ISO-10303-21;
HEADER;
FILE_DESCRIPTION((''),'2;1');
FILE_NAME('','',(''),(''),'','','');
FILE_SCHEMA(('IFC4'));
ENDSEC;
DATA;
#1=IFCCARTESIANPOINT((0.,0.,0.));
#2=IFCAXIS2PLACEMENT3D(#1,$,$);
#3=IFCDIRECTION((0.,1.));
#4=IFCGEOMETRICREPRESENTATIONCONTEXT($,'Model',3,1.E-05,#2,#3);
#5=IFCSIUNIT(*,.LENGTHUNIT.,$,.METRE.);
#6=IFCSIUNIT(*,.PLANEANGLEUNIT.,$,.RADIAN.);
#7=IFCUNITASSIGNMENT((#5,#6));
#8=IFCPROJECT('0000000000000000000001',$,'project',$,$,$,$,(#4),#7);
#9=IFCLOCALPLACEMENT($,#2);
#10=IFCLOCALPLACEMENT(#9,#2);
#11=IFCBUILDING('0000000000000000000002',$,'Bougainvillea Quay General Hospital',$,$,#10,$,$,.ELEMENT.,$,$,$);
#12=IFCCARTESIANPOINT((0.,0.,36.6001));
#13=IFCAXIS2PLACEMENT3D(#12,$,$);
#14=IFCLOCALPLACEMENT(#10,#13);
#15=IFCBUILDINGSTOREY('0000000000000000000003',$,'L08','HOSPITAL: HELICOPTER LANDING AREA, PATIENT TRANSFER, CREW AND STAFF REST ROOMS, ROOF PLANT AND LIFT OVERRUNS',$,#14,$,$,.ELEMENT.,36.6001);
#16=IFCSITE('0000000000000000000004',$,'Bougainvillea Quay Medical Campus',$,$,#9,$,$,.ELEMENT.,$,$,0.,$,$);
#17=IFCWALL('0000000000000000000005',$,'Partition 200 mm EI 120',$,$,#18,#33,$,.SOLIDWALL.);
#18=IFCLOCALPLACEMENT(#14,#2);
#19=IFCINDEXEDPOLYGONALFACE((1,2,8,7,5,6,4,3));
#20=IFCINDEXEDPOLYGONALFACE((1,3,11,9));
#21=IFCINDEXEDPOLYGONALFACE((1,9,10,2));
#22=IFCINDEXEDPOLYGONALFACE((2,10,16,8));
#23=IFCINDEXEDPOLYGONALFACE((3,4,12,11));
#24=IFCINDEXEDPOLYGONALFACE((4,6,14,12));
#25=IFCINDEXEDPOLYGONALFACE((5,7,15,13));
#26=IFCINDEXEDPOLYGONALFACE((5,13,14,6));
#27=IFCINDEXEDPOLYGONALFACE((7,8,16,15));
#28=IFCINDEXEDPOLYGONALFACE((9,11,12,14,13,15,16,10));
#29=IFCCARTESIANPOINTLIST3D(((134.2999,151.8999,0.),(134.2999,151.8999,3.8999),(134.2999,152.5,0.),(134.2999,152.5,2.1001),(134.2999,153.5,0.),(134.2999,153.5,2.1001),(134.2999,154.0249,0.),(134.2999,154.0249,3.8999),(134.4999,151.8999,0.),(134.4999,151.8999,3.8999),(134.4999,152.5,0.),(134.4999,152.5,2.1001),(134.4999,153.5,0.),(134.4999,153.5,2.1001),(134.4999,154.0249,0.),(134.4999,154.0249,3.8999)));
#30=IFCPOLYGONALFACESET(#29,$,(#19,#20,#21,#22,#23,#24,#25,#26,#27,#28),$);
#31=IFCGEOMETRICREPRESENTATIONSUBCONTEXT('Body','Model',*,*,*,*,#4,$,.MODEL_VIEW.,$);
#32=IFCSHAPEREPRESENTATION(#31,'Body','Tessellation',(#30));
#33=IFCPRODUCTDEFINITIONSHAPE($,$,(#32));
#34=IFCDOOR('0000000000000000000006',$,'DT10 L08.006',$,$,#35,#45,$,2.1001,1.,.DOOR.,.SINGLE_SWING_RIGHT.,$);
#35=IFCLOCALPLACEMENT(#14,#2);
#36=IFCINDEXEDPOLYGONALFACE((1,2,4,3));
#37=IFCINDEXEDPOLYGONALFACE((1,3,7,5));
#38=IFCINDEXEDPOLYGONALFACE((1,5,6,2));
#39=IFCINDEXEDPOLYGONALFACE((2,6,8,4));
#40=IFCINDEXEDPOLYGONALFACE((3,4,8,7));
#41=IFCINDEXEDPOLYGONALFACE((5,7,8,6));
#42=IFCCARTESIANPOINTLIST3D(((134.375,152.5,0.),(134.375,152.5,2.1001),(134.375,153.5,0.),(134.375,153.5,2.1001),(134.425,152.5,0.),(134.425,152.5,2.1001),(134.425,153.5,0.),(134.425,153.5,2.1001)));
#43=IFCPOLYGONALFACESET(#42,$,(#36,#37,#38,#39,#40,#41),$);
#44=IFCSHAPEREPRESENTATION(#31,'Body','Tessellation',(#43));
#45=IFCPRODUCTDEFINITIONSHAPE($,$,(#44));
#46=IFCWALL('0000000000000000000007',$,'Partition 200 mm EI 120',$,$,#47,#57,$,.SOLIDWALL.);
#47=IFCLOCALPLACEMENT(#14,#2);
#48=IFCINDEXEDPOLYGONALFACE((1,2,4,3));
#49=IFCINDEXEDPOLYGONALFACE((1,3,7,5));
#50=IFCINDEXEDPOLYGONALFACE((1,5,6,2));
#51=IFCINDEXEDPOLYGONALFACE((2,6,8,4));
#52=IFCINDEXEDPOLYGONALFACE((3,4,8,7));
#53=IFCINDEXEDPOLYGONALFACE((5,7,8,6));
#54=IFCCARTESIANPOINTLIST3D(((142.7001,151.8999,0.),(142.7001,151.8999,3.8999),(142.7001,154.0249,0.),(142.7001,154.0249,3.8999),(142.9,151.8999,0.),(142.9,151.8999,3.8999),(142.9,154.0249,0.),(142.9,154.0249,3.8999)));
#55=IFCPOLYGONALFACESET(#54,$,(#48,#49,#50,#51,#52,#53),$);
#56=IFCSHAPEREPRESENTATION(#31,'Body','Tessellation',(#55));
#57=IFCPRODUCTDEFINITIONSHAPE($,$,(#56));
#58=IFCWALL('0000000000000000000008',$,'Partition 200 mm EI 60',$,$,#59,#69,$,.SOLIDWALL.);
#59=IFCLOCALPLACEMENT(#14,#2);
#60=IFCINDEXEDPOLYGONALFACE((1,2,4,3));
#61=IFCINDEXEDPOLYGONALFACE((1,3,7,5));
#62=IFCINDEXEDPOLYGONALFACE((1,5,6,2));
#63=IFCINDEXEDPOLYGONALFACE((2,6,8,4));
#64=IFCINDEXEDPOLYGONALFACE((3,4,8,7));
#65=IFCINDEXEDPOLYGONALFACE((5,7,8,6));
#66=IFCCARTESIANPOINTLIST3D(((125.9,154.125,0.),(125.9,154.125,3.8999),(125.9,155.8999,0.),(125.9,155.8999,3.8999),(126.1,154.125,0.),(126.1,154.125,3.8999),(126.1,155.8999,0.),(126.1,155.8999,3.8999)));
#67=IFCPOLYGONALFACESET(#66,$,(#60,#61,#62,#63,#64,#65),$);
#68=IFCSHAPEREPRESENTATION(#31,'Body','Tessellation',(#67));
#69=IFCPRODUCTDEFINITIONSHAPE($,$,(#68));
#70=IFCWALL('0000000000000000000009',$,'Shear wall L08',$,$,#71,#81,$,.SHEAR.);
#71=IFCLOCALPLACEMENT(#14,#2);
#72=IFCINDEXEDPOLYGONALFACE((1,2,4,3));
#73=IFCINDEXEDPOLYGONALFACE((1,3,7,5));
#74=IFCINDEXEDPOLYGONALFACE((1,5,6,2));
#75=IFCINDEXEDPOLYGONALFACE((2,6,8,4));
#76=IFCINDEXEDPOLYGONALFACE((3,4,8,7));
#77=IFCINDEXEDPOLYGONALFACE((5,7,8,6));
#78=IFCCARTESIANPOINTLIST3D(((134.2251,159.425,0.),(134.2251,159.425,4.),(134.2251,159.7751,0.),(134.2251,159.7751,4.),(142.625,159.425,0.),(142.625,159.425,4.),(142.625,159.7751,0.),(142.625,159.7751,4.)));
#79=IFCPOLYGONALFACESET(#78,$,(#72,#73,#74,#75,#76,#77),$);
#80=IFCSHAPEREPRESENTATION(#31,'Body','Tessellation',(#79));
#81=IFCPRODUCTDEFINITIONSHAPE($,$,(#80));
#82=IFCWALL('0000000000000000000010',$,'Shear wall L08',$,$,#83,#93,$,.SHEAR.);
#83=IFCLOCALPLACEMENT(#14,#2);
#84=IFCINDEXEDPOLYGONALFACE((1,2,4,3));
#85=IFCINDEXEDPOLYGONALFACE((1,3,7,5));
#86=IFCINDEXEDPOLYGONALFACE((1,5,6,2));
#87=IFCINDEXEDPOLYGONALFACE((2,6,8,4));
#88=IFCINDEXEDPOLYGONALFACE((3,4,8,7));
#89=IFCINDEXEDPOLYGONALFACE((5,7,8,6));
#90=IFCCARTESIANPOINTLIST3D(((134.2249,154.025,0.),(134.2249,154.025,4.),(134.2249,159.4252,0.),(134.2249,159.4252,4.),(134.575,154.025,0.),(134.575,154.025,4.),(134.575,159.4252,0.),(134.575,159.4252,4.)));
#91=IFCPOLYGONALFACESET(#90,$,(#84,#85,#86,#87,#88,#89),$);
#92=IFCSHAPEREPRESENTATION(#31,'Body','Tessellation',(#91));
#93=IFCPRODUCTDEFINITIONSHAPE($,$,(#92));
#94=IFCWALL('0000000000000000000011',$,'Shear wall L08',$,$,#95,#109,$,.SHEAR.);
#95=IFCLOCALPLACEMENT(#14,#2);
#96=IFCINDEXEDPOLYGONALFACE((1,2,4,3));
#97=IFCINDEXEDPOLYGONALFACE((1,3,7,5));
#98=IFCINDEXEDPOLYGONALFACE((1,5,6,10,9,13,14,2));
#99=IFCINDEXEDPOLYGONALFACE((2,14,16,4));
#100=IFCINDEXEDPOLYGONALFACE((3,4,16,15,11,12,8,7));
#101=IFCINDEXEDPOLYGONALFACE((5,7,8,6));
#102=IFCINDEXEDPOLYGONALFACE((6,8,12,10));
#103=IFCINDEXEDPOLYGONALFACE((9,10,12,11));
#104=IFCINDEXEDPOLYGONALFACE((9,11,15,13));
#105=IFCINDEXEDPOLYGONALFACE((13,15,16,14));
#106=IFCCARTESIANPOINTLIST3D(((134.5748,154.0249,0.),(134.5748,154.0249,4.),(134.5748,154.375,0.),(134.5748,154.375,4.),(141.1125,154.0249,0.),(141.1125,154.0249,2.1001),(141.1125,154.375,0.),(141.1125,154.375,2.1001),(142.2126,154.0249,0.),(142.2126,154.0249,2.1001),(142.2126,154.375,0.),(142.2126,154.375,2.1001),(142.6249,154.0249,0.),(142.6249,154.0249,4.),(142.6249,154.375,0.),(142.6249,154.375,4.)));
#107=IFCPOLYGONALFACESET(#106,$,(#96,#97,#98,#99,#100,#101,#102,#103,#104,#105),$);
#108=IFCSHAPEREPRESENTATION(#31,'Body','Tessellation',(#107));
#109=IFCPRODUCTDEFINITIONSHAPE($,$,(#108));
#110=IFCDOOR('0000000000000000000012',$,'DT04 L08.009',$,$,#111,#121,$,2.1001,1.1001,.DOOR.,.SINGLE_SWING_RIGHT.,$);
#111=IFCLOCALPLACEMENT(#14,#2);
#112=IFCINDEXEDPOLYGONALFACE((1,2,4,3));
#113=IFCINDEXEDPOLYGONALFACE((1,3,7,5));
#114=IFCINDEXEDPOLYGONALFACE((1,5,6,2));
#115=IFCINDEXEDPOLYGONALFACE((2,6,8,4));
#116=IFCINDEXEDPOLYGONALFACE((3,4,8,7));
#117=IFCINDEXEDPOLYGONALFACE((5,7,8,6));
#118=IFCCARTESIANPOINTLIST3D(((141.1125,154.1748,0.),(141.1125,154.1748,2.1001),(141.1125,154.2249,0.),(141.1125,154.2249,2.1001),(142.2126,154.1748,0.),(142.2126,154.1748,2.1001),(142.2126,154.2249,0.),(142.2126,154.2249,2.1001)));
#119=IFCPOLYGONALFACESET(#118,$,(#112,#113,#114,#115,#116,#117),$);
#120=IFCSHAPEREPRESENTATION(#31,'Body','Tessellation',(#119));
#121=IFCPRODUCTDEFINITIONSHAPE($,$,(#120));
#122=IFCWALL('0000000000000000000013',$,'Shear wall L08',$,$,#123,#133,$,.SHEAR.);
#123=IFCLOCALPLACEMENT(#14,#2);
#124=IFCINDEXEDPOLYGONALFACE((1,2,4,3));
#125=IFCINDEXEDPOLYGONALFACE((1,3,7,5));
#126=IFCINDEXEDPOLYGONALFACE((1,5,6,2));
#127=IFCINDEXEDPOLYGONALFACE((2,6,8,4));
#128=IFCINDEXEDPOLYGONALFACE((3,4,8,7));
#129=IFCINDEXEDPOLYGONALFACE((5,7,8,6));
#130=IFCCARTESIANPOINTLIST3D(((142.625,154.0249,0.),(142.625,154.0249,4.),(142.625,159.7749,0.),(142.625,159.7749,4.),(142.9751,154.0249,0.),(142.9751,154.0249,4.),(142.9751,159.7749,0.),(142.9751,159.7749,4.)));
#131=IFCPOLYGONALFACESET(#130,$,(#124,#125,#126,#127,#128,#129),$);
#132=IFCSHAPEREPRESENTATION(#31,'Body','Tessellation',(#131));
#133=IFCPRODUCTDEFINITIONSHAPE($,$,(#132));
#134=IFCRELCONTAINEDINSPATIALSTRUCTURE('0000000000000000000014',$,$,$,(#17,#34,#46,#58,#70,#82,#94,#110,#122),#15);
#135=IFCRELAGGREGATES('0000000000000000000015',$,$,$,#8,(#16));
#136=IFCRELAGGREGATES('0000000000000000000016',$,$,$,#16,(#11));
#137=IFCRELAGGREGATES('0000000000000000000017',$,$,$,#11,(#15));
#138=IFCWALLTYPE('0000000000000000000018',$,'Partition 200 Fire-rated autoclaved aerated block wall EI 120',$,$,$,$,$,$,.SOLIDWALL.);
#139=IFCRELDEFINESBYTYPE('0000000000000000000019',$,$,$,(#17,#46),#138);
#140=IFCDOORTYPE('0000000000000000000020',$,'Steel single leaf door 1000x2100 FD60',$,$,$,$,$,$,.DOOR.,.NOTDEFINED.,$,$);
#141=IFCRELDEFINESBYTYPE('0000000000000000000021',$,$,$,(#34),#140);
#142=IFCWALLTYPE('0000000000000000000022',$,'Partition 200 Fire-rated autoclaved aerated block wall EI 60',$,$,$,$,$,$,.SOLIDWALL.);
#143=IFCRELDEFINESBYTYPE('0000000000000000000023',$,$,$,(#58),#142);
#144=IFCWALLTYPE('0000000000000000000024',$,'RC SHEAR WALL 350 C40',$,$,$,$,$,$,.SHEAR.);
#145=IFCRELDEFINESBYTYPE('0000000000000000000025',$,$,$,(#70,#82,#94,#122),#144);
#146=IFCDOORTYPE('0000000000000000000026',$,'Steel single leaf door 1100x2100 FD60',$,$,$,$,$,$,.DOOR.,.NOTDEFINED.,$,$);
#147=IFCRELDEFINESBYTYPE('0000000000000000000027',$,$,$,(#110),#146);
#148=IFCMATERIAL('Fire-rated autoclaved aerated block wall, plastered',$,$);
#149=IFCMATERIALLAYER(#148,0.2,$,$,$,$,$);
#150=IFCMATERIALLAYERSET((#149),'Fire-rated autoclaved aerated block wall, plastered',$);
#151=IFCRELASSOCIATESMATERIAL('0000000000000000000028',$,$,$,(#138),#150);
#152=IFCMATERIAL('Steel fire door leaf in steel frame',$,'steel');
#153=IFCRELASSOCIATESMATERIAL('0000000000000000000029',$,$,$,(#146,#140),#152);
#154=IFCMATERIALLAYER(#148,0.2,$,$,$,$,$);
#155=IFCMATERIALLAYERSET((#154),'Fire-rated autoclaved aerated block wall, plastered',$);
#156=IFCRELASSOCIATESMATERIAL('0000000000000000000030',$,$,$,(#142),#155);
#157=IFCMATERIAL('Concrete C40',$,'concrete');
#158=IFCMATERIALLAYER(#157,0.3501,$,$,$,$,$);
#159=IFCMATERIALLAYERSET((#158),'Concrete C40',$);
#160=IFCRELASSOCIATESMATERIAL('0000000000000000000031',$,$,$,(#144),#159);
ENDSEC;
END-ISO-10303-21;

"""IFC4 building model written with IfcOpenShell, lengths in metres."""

from ifc_helpers import new_model, si_unit, direction, frame, frame_2d, origin, place, context, subcontext, project, spatial, rectangle, extrude, material, layer, layer_set, type_object, element, fill, save


model = new_model("IFC4")

# Units and contexts
model_context = context("Model", 3, precision=1e-05, world=origin(), true_north=direction((0.0, 1.0)))
body_context = subcontext(model_context, "Body", "Model", "MODEL_VIEW")
ifc_project = project(units=[si_unit("LENGTHUNIT", "METRE"), si_unit("PLANEANGLEUNIT", "RADIAN")], contexts=[model_context])

# Site, building, storey
site_placement = place(None, origin())
site = spatial("IfcSite", under=ifc_project, at=site_placement, Name="Bougainvillea Quay Medical Campus", CompositionType="ELEMENT", RefElevation=0.0)
building_placement = place(site_placement, origin())
building = spatial("IfcBuilding", under=site, at=building_placement, Name="Bougainvillea Quay General Hospital", CompositionType="ELEMENT")
storey_placement = place(building_placement, frame((0.0, 0.0, 36.6001)))
storey = spatial("IfcBuildingStorey", under=building, at=storey_placement, Name="L08", Description="HOSPITAL: HELICOPTER LANDING AREA, PATIENT TRANSFER, CREW AND STAFF REST ROOMS, ROOF PLANT AND LIFT OVERRUNS", CompositionType="ELEMENT", Elevation=36.6001)

# Shared definitions
ifc_material_1 = material(Name="Concrete C40", Category="concrete")

# Wall, opening, door
ifc_material_2 = material(Name="Fire-rated autoclaved aerated block wall, plastered")
ifc_layer_1 = layer(ifc_material_2, 0.2)
ifc_layer_set_1 = layer_set([ifc_layer_1], Name="Fire-rated autoclaved aerated block wall, plastered")
wall_type_1 = type_object("IfcWallType", Name="Partition 200 Fire-rated autoclaved aerated block wall EI 120", PredefinedType="SOLIDWALL", material=ifc_layer_set_1)
ifc_material_3 = material(Name="Steel fire door leaf in steel frame", Category="steel")
door_type_1 = type_object("IfcDoorType", Name="Steel single leaf door 1100x2100 FD60", OperationType="NOTDEFINED", PredefinedType="DOOR", material=ifc_material_3)
wall_1_placement = place(storey_placement, frame((134.3999, 151.8999, 0.0), z_axis=(0.0, 0.0, 1.0), x_axis=(0.0, 1.0, 0.0)))
wall_1 = element("IfcWall", 1, at=wall_1_placement, inside=storey, type_object=wall_type_1, Name="Partition 200 mm EI 120", PredefinedType="SOLIDWALL", context=body_context, shape_type="SweptSolid", body=[
    extrude(rectangle(XDim=2.125, YDim=0.2, at=frame_2d((1.0625, 0.0))), origin(), (0.0, 0.0, 1.0), 3.8999),
])
opening_1_placement = place(wall_1_placement, frame((0.6001, 0.0, 0.0)))
opening_1 = element("IfcOpeningElement", 2, at=opening_1_placement, cuts=wall_1, PredefinedType="OPENING", context=body_context, shape_type="SweptSolid", body=[
    extrude(rectangle(XDim=1.0, YDim=2.1001, at=frame_2d((0.5, 1.05))), frame((0.0, 0.1099, 0.0), z_axis=(0.0, -1.0, 0.0), x_axis=(1.0, 0.0, 0.0)), (0.0, 0.0, 1.0), 0.22),
])
door_type_2 = type_object("IfcDoorType", Name="Steel single leaf door 1000x2100 FD60", OperationType="NOTDEFINED", PredefinedType="DOOR", material=ifc_material_3)
door_1_placement = place(opening_1_placement, origin())
door_1 = element("IfcDoor", 3, at=door_1_placement, inside=storey, type_object=door_type_2, Name="DT10 L08.006", OperationType="SINGLE_SWING_RIGHT", OverallHeight=2.1001, OverallWidth=1.0, PredefinedType="DOOR", context=body_context, shape_type="SweptSolid", body=[
    extrude(rectangle(XDim=1.0, YDim=2.1001, at=frame_2d((0.5, 1.05))), frame((0.0, 0.0249, 0.0), z_axis=(0.0, -1.0, 0.0), x_axis=(1.0, 0.0, 0.0)), (0.0, 0.0, 1.0), 0.05),
])
fill(opening_1, door_1)

# Walls
wall_2_placement = place(storey_placement, frame((142.8, 151.8999, 0.0), z_axis=(0.0, 0.0, 1.0), x_axis=(0.0, 1.0, 0.0)))
element("IfcWall", 4, at=wall_2_placement, inside=storey, type_object=wall_type_1, Name="Partition 200 mm EI 120", PredefinedType="SOLIDWALL", context=body_context, shape_type="SweptSolid", body=[
    extrude(rectangle(XDim=2.125, YDim=0.2, at=frame_2d((1.0625, 0.0))), origin(), (0.0, 0.0, 1.0), 3.8999),
])
ifc_layer_2 = layer(ifc_material_2, 0.2)
ifc_layer_set_2 = layer_set([ifc_layer_2], Name="Fire-rated autoclaved aerated block wall, plastered")
wall_type_2 = type_object("IfcWallType", Name="Partition 200 Fire-rated autoclaved aerated block wall EI 60", PredefinedType="SOLIDWALL", material=ifc_layer_set_2)
wall_3_placement = place(storey_placement, frame((126.0, 154.125, 0.0), z_axis=(0.0, 0.0, 1.0), x_axis=(0.0, 1.0, 0.0)))
element("IfcWall", 5, at=wall_3_placement, inside=storey, type_object=wall_type_2, Name="Partition 200 mm EI 60", PredefinedType="SOLIDWALL", context=body_context, shape_type="SweptSolid", body=[
    extrude(rectangle(XDim=1.7749, YDim=0.2, at=frame_2d((0.8875, 0.0))), origin(), (0.0, 0.0, 1.0), 3.8999),
])
ifc_layer_3 = layer(ifc_material_1, 0.3501)
ifc_layer_set_3 = layer_set([ifc_layer_3], Name="Concrete C40")
wall_type_3 = type_object("IfcWallType", Name="RC SHEAR WALL 350 C40", PredefinedType="SHEAR", material=ifc_layer_set_3)
wall_4_placement = place(storey_placement, frame((134.2251, 159.6001, 0.0), z_axis=(0.0, 0.0, 1.0), x_axis=(1.0, 0.0, 0.0)))
element("IfcWall", 6, at=wall_4_placement, inside=storey, type_object=wall_type_3, Name="Shear wall L08", PredefinedType="SHEAR", context=body_context, shape_type="SweptSolid", body=[
    extrude(rectangle(XDim=8.3999, YDim=0.3501, at=frame_2d((4.2, 0.0))), origin(), (0.0, 0.0, 1.0), 4.0),
])
wall_5_placement = place(storey_placement, frame((134.3999, 154.0249, 0.0), z_axis=(0.0, 0.0, 1.0), x_axis=(0.0, 1.0, 0.0)))
element("IfcWall", 7, at=wall_5_placement, inside=storey, type_object=wall_type_3, Name="Shear wall L08", PredefinedType="SHEAR", context=body_context, shape_type="SweptSolid", body=[
    extrude(rectangle(XDim=5.4001, YDim=0.3501, at=frame_2d((2.7002, 0.0))), origin(), (0.0, 0.0, 1.0), 4.0),
])

# Wall, opening, door
wall_6_placement = place(storey_placement, frame((134.575, 154.2, 0.0), z_axis=(0.0, 0.0, 1.0), x_axis=(1.0, 0.0, 0.0)))
wall_6 = element("IfcWall", 8, at=wall_6_placement, inside=storey, type_object=wall_type_3, Name="Shear wall L08", PredefinedType="SHEAR", context=body_context, shape_type="SweptSolid", body=[
    extrude(rectangle(XDim=8.05, YDim=0.3501, at=frame_2d((4.0249, 0.0))), origin(), (0.0, 0.0, 1.0), 4.0),
])
opening_2_placement = place(wall_6_placement, frame((6.5376, 0.0, 0.0)))
opening_2 = element("IfcOpeningElement", 9, at=opening_2_placement, cuts=wall_6, PredefinedType="OPENING", context=body_context, shape_type="SweptSolid", body=[
    extrude(rectangle(XDim=1.1001, YDim=2.1001, at=frame_2d((0.55, 1.05))), frame((0.0, 0.1851, 0.0), z_axis=(0.0, -1.0, 0.0), x_axis=(1.0, 0.0, 0.0)), (0.0, 0.0, 1.0), 0.3701),
])
door_2_placement = place(opening_2_placement, origin())
door_2 = element("IfcDoor", 10, at=door_2_placement, inside=storey, type_object=door_type_1, Name="DT04 L08.009", OperationType="SINGLE_SWING_RIGHT", OverallHeight=2.1001, OverallWidth=1.1001, PredefinedType="DOOR", context=body_context, shape_type="SweptSolid", body=[
    extrude(rectangle(XDim=1.1001, YDim=2.1001, at=frame_2d((0.55, 1.05))), frame((0.0, 0.0249, 0.0), z_axis=(0.0, -1.0, 0.0), x_axis=(1.0, 0.0, 0.0)), (0.0, 0.0, 1.0), 0.05),
])
fill(opening_2, door_2)

# Wall
wall_7_placement = place(storey_placement, frame((142.8, 154.0249, 0.0), z_axis=(0.0, 0.0, 1.0), x_axis=(0.0, 1.0, 0.0)))
element("IfcWall", 11, at=wall_7_placement, inside=storey, type_object=wall_type_3, Name="Shear wall L08", PredefinedType="SHEAR", context=body_context, shape_type="SweptSolid", body=[
    extrude(rectangle(XDim=5.75, YDim=0.3501, at=frame_2d((2.875, 0.0))), origin(), (0.0, 0.0, 1.0), 4.0),
])

save(model, "model.ifc")
